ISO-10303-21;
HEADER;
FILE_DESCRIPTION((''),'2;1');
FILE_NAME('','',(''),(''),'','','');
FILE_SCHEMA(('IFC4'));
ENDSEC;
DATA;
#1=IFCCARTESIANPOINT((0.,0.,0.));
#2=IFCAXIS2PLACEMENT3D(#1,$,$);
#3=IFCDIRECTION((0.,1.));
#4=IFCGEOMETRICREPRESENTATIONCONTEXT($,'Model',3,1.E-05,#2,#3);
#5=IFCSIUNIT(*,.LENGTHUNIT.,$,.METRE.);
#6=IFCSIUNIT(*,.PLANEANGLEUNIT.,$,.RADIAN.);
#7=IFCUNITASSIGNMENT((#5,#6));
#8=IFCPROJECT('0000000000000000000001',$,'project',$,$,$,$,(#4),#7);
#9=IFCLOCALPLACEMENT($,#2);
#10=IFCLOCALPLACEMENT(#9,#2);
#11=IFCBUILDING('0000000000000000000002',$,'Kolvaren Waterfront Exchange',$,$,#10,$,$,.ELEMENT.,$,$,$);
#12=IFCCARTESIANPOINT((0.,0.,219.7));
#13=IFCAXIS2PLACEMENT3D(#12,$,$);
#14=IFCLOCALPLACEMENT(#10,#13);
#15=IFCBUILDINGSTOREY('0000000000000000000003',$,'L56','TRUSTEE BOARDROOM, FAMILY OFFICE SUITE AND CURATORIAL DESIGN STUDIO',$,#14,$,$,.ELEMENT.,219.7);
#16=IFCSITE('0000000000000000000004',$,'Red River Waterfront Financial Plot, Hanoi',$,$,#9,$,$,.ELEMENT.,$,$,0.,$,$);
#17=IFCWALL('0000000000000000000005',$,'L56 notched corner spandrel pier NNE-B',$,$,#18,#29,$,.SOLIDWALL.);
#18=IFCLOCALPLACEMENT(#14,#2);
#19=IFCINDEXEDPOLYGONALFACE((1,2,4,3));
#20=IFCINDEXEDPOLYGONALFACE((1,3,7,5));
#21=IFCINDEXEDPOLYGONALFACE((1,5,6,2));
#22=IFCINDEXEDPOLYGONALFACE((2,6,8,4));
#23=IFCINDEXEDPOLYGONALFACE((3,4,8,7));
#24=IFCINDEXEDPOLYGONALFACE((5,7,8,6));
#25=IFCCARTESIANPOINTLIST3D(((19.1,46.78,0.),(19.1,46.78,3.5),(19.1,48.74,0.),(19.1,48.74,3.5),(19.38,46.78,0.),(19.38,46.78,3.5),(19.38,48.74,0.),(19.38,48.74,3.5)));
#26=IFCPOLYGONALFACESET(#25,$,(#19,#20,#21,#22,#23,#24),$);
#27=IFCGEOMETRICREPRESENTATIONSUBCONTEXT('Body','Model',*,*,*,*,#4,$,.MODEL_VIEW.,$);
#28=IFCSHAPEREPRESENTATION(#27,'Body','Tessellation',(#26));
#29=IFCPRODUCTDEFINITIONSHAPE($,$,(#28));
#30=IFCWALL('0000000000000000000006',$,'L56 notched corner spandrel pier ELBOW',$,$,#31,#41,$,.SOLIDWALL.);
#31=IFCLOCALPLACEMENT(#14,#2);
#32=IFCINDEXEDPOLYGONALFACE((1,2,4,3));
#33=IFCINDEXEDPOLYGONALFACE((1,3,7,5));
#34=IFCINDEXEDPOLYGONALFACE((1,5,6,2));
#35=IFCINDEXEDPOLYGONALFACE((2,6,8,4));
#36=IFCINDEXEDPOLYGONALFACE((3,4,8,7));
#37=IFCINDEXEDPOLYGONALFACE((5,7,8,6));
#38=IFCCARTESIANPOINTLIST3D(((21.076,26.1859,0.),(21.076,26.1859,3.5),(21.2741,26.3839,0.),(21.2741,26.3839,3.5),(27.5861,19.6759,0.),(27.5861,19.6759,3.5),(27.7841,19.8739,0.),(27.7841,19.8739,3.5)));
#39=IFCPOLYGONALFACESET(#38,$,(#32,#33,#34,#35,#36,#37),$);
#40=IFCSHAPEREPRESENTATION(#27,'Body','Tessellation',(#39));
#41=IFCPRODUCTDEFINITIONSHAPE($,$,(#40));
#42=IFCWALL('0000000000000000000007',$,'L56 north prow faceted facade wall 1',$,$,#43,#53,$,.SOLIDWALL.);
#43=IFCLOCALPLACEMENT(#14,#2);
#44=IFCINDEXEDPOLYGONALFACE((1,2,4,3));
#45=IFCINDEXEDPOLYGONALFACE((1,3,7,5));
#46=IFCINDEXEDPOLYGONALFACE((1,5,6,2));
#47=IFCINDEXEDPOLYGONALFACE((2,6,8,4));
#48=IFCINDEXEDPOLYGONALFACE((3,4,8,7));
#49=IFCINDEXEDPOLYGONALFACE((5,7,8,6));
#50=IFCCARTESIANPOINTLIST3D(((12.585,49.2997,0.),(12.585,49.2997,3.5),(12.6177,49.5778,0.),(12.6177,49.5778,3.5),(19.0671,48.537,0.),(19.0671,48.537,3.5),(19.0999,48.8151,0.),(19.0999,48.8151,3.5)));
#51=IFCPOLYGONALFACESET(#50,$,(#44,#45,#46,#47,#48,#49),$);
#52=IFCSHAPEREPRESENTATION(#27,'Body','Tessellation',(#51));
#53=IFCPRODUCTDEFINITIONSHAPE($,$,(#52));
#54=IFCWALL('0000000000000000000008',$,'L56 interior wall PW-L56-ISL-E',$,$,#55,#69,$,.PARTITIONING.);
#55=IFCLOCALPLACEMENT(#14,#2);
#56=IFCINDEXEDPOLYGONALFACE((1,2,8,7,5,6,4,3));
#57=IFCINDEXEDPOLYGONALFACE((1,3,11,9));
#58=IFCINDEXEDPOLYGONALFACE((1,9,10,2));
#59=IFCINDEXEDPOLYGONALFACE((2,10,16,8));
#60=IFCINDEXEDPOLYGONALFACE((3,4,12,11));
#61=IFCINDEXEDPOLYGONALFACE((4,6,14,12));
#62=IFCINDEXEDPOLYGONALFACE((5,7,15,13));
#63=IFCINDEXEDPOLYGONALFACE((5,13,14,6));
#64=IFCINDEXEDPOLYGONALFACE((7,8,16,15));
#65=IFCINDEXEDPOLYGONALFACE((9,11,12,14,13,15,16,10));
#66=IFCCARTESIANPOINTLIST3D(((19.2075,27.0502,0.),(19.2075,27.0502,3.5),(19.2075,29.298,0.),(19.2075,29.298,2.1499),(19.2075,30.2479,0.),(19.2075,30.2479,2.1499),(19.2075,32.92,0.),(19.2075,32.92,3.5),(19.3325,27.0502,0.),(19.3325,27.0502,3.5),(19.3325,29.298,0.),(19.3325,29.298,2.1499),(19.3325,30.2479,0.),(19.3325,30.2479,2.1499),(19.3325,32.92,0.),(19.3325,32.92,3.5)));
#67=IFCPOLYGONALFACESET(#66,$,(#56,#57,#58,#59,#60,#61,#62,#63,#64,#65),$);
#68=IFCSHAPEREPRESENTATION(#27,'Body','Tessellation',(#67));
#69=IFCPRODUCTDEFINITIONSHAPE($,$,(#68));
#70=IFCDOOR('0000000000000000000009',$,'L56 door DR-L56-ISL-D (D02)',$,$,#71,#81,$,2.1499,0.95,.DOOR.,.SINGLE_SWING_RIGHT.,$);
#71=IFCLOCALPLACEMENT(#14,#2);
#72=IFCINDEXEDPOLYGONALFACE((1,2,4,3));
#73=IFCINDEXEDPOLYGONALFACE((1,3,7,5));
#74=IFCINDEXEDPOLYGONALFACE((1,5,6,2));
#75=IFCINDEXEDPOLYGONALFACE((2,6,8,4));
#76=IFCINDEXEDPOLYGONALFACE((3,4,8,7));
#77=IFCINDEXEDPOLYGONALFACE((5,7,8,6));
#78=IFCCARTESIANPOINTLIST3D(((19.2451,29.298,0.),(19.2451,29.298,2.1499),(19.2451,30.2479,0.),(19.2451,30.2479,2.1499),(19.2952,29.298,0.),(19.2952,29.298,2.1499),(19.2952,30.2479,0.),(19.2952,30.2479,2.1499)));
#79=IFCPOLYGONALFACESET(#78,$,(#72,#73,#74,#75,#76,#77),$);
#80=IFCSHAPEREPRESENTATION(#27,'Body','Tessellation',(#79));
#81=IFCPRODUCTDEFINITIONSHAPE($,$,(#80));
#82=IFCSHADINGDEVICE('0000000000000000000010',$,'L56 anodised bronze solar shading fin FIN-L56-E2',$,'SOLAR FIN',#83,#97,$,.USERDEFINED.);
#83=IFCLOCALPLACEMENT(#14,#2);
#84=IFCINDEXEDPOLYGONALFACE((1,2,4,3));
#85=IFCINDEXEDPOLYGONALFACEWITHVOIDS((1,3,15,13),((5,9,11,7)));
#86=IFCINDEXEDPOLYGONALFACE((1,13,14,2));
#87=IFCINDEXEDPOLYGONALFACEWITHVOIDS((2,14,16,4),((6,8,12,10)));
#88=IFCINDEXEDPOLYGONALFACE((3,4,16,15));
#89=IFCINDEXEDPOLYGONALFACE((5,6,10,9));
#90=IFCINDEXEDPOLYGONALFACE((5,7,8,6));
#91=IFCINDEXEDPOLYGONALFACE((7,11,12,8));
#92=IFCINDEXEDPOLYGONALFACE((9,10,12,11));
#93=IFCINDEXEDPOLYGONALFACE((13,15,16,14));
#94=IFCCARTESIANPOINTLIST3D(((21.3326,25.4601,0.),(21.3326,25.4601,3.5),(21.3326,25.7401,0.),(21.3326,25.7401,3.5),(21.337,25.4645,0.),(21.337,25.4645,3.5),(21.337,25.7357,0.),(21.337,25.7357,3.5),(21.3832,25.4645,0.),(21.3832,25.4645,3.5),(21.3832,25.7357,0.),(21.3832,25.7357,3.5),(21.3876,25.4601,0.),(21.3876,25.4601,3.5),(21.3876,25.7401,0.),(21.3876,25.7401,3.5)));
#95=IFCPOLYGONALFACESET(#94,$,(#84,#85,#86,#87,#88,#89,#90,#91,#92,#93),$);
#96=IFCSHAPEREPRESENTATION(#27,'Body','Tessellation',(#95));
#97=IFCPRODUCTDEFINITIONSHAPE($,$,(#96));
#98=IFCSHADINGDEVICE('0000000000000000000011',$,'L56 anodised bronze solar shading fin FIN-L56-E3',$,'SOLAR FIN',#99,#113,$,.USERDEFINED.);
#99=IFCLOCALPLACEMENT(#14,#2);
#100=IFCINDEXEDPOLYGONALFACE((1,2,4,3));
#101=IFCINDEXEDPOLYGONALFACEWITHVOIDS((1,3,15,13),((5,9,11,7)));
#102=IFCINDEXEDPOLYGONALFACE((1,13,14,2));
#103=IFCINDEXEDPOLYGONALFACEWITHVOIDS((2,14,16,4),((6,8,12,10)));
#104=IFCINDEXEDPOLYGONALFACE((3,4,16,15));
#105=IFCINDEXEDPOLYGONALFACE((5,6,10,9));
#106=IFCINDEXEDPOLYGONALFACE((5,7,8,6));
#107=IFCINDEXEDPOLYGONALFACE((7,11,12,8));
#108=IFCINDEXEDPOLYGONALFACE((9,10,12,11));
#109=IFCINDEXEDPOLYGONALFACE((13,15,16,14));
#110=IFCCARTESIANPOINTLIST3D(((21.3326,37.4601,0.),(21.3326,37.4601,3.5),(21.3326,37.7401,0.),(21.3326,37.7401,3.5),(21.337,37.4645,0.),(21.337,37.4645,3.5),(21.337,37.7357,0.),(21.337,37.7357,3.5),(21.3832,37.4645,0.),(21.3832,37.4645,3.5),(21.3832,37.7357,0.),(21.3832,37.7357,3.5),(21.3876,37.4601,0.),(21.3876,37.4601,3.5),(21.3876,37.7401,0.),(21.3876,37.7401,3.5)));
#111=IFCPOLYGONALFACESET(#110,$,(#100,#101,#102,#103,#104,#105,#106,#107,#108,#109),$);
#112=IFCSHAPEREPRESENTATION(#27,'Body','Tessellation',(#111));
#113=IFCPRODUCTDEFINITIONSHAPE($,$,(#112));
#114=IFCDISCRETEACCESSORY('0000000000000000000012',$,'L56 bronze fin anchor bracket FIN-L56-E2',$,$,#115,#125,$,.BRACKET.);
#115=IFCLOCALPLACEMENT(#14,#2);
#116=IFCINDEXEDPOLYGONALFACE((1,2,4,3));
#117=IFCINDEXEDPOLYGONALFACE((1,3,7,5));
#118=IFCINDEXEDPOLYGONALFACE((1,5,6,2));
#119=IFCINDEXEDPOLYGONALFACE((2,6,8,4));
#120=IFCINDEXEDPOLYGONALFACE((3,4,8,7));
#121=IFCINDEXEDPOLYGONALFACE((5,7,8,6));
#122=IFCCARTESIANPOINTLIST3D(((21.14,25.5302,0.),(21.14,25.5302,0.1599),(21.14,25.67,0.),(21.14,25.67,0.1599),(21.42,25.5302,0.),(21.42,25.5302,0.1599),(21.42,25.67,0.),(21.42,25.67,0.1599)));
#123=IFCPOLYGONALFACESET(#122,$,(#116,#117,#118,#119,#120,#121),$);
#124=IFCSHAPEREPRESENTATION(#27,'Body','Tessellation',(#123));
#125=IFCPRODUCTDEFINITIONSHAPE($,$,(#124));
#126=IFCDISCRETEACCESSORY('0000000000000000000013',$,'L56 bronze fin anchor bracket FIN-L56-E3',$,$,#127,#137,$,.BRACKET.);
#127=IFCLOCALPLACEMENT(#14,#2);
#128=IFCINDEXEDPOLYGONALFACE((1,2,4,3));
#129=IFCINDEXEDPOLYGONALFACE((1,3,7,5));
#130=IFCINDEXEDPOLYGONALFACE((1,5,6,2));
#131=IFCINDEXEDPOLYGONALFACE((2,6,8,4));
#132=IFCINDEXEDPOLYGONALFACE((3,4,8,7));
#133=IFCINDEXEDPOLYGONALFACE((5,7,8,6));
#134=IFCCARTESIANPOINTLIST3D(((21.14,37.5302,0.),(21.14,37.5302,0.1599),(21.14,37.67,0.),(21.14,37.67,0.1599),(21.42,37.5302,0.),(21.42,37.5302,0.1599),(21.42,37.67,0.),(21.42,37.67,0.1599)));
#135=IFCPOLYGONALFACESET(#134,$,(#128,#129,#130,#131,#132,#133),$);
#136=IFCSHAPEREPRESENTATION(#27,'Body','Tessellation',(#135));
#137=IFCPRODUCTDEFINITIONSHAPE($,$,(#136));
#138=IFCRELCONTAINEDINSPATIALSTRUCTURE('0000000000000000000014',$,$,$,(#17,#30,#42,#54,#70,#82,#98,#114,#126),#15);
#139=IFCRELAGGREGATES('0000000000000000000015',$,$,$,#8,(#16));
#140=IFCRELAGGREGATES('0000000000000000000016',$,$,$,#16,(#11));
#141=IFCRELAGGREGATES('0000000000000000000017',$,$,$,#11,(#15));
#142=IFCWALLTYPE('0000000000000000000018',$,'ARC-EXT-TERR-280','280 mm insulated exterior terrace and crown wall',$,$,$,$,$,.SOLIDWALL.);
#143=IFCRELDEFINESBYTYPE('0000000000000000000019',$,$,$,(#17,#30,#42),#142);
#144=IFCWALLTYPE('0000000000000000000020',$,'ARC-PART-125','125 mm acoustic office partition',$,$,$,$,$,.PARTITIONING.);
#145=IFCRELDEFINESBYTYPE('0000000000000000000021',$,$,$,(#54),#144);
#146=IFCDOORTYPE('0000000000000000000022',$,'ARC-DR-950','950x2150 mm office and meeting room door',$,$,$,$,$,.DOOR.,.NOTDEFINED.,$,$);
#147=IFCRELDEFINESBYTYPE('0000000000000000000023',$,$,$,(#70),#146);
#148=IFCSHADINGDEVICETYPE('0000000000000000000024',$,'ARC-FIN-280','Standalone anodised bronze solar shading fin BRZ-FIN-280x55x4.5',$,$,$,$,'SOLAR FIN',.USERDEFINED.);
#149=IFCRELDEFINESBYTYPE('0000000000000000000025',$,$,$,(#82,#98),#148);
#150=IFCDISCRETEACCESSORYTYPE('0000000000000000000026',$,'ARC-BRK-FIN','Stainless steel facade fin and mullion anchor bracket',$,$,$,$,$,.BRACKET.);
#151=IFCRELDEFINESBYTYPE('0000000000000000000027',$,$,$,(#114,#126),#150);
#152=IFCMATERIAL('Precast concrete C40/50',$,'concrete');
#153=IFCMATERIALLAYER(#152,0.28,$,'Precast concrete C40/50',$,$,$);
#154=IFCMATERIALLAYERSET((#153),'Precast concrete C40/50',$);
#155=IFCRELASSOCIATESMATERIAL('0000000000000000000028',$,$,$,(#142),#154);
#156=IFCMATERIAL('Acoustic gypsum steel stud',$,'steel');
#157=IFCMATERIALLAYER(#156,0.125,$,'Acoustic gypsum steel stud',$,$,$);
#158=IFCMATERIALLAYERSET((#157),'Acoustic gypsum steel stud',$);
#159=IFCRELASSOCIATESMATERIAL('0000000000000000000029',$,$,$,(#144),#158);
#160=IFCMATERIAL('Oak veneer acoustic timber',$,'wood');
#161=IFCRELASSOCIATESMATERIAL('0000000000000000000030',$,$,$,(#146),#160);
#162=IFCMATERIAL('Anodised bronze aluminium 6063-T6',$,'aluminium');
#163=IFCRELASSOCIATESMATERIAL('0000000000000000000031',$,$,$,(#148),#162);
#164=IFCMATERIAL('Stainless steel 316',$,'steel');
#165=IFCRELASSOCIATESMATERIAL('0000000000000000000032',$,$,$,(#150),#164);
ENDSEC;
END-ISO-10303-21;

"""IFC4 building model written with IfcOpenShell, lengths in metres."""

from ifc_helpers import new_model, si_unit, direction, frame, frame_2d, origin, origin_with_axes, origin_2d, place, context, subcontext, project, spatial, rectangle, hollow_rectangle, extrude, source, transform, mapped, material, layer, layer_set, material_profile, profile_set, type_object, element, fill, save


model = new_model("IFC4")

# Units and contexts
model_context = context("Model", 3, precision=1e-05, world=origin(), true_north=direction((0.0, 1.0)))
body_context = subcontext(model_context, "Body", "Model", "MODEL_VIEW")
ifc_project = project(units=[si_unit("LENGTHUNIT", "METRE"), si_unit("PLANEANGLEUNIT", "RADIAN")], contexts=[model_context])

# Site, building, storey
site_placement = place(None, origin())
site = spatial("IfcSite", under=ifc_project, at=site_placement, Name="Red River Waterfront Financial Plot, Hanoi", CompositionType="ELEMENT", RefElevation=0.0)
building_placement = place(site_placement, origin())
building = spatial("IfcBuilding", under=site, at=building_placement, Name="Kolvaren Waterfront Exchange", CompositionType="ELEMENT")
storey_placement = place(building_placement, frame((0.0, 0.0, 219.7)))
storey = spatial("IfcBuildingStorey", under=building, at=storey_placement, Name="L56", Description="TRUSTEE BOARDROOM, FAMILY OFFICE SUITE AND CURATORIAL DESIGN STUDIO", CompositionType="ELEMENT", Elevation=219.7)

# Shared definitions
ifc_material_1 = material(Name="Anodised bronze aluminium 6063-T6", Category="aluminium")

# Walls
ifc_material_2 = material(Name="Precast concrete C40/50", Category="concrete")
ifc_layer_1 = layer(ifc_material_2, 0.28, Name="Precast concrete C40/50")
ifc_layer_set_1 = layer_set([ifc_layer_1], Name="Precast concrete C40/50")
wall_type_1 = type_object("IfcWallType", Name="ARC-EXT-TERR-280", Description="280 mm insulated exterior terrace and crown wall", PredefinedType="SOLIDWALL", material=ifc_layer_set_1)
wall_1_placement = place(storey_placement, frame((19.24, 46.78, 0.0), z_axis=(0.0, 0.0, 1.0), x_axis=(0.0, 1.0, 0.0)))
element("IfcWall", 1, at=wall_1_placement, inside=storey, type_object=wall_type_1, Name="L56 notched corner spandrel pier NNE-B", PredefinedType="SOLIDWALL", context=body_context, shape_type="SweptSolid", body=[
    extrude(rectangle(XDim=1.96, YDim=0.28, at=frame_2d((0.98, 0.0))), origin(), (0.0, 0.0, 1.0), 3.5),
])
wall_2_placement = place(storey_placement, frame((27.6851, 19.7749, 0.0), z_axis=(0.0, 0.0, 1.0), x_axis=(-0.707107, 0.707107, 0.0)))
element("IfcWall", 2, at=wall_2_placement, inside=storey, type_object=wall_type_1, Name="L56 notched corner spandrel pier ELBOW", PredefinedType="SOLIDWALL", context=body_context, shape_type="SweptSolid", body=[
    extrude(rectangle(XDim=9.2065, YDim=0.28, at=frame_2d((4.6033, 0.0))), origin(), (0.0, 0.0, 1.0), 3.5),
])
wall_3_placement = place(storey_placement, frame((19.0835, 48.676, 0.0), z_axis=(0.0, 0.0, 1.0), x_axis=(-0.993149, 0.116854, 0.0)))
element("IfcWall", 3, at=wall_3_placement, inside=storey, type_object=wall_type_1, Name="L56 north prow faceted facade wall 1", PredefinedType="SOLIDWALL", context=body_context, shape_type="SweptSolid", body=[
    extrude(rectangle(XDim=6.5269, YDim=0.28, at=frame_2d((3.2634, 0.0))), origin(), (0.0, 0.0, 1.0), 3.5),
])

# Wall, opening, door
ifc_material_3 = material(Name="Acoustic gypsum steel stud", Category="steel")
ifc_layer_2 = layer(ifc_material_3, 0.125, Name="Acoustic gypsum steel stud")
ifc_layer_set_2 = layer_set([ifc_layer_2], Name="Acoustic gypsum steel stud")
wall_type_2 = type_object("IfcWallType", Name="ARC-PART-125", Description="125 mm acoustic office partition", PredefinedType="PARTITIONING", material=ifc_layer_set_2)
wall_4_placement = place(storey_placement, frame((19.27, 27.05, 0.0), z_axis=(0.0, 0.0, 1.0), x_axis=(0.0, 1.0, 0.0)))
wall_4 = element("IfcWall", 4, at=wall_4_placement, inside=storey, type_object=wall_type_2, Name="L56 interior wall PW-L56-ISL-E", PredefinedType="PARTITIONING", context=body_context, shape_type="SweptSolid", body=[
    extrude(rectangle(XDim=5.8699, YDim=0.125, at=frame_2d((2.9351, 0.0))), origin(), (0.0, 0.0, 1.0), 3.5),
])
opening_placement = place(wall_4_placement, frame((2.2478, 0.0, 0.0)))
opening = element("IfcOpeningElement", 5, at=opening_placement, cuts=wall_4, PredefinedType="OPENING", context=body_context, shape_type="SweptSolid", body=[
    extrude(rectangle(XDim=0.95, YDim=2.1499, at=frame_2d((0.4751, 1.075))), frame((0.0, 0.0725, 0.0), z_axis=(0.0, -1.0, 0.0), x_axis=(1.0, 0.0, 0.0)), (0.0, 0.0, 1.0), 0.145),
])
ifc_material_4 = material(Name="Oak veneer acoustic timber", Category="wood")
door_type = type_object("IfcDoorType", Name="ARC-DR-950", Description="950x2150 mm office and meeting room door", OperationType="NOTDEFINED", PredefinedType="DOOR", material=ifc_material_4)
door_placement = place(opening_placement, origin())
door = element("IfcDoor", 6, at=door_placement, inside=storey, type_object=door_type, Name="L56 door DR-L56-ISL-D (D02)", OperationType="SINGLE_SWING_RIGHT", OverallHeight=2.1499, OverallWidth=0.95, PredefinedType="DOOR", context=body_context, shape_type="SweptSolid", body=[
    extrude(rectangle(XDim=0.95, YDim=2.1499, at=frame_2d((0.4751, 1.075))), frame((0.0, 0.0249, 0.0), z_axis=(0.0, -1.0, 0.0), x_axis=(1.0, 0.0, 0.0)), (0.0, 0.0, 1.0), 0.05),
])
fill(opening, door)

# Shading devices
ifc_material_profile_1 = material_profile(ifc_material_1, hollow_rectangle(XDim=0.0549, YDim=0.28, WallThickness=0.0044, at=origin_2d()), Name="BRZ-FIN-280x55x4.5")
ifc_profile_set_1 = profile_set([ifc_material_profile_1], Name="Anodised bronze aluminium 6063-T6")
shading_device_type = type_object("IfcShadingDeviceType", Name="ARC-FIN-280", Description="Standalone anodised bronze solar shading fin BRZ-FIN-280x55x4.5", ElementType="SOLAR FIN", PredefinedType="USERDEFINED", material=ifc_profile_set_1)
for number, where, z_axis, x_axis, name in (
    (7, (21.3601, 25.6001, 0.0), (0.0, 0.0, 1.0), (1.0, 0.0, 0.0), "L56 anodised bronze solar shading fin FIN-L56-E2"),
    (8, (21.3601, 37.6001, 0.0), (0.0, 0.0, 1.0), (1.0, 0.0, 0.0), "L56 anodised bronze solar shading fin FIN-L56-E3"),
):
    element("IfcShadingDevice", number, at=place(storey_placement, frame(where, z_axis=z_axis, x_axis=x_axis)), inside=storey, type_object=shading_device_type, Name=name, ObjectType="SOLAR FIN", PredefinedType="USERDEFINED", context=body_context, shape_type="SweptSolid", body=[
        extrude(hollow_rectangle(XDim=0.0549, YDim=0.28, WallThickness=0.0044, at=origin_2d()), origin(), (0.0, 0.0, 1.0), 3.5),
    ])

# Shared definitions
ifc_material_5 = material(Name="Stainless steel 316", Category="steel")

# Discrete accessories
discrete_accessory_type = type_object("IfcDiscreteAccessoryType", Name="ARC-BRK-FIN", Description="Stainless steel facade fin and mullion anchor bracket", PredefinedType="BRACKET", material=ifc_material_5)
shared_shape_1 = source(origin_with_axes(), body_context, "Body", "SweptSolid", [
    extrude(rectangle(XDim=0.28, YDim=0.1399, at=origin_2d()), origin(), (0.0, 0.0, 1.0), 0.1599),
])
for number, where, z_axis, x_axis, name in (
    (9, (21.28, 25.6001, 0.0), (0.0, 0.0, 1.0), (1.0, 0.0, 0.0), "L56 bronze fin anchor bracket FIN-L56-E2"),
    (10, (21.28, 37.6001, 0.0), (0.0, 0.0, 1.0), (1.0, 0.0, 0.0), "L56 bronze fin anchor bracket FIN-L56-E3"),
):
    element("IfcDiscreteAccessory", number, at=place(storey_placement, frame(where, z_axis=z_axis, x_axis=x_axis)), inside=storey, type_object=discrete_accessory_type, Name=name, PredefinedType="BRACKET", context=body_context, shape_type="MappedRepresentation", body=[
        mapped(shared_shape_1, transform((0.0, 0.0, 0.0), x_axis=(1.0, 0.0, 0.0), y_axis=(0.0, 1.0, 0.0), z_axis=(0.0, 0.0, 1.0), scale=1.0)),
    ])

save(model, "model.ifc")
